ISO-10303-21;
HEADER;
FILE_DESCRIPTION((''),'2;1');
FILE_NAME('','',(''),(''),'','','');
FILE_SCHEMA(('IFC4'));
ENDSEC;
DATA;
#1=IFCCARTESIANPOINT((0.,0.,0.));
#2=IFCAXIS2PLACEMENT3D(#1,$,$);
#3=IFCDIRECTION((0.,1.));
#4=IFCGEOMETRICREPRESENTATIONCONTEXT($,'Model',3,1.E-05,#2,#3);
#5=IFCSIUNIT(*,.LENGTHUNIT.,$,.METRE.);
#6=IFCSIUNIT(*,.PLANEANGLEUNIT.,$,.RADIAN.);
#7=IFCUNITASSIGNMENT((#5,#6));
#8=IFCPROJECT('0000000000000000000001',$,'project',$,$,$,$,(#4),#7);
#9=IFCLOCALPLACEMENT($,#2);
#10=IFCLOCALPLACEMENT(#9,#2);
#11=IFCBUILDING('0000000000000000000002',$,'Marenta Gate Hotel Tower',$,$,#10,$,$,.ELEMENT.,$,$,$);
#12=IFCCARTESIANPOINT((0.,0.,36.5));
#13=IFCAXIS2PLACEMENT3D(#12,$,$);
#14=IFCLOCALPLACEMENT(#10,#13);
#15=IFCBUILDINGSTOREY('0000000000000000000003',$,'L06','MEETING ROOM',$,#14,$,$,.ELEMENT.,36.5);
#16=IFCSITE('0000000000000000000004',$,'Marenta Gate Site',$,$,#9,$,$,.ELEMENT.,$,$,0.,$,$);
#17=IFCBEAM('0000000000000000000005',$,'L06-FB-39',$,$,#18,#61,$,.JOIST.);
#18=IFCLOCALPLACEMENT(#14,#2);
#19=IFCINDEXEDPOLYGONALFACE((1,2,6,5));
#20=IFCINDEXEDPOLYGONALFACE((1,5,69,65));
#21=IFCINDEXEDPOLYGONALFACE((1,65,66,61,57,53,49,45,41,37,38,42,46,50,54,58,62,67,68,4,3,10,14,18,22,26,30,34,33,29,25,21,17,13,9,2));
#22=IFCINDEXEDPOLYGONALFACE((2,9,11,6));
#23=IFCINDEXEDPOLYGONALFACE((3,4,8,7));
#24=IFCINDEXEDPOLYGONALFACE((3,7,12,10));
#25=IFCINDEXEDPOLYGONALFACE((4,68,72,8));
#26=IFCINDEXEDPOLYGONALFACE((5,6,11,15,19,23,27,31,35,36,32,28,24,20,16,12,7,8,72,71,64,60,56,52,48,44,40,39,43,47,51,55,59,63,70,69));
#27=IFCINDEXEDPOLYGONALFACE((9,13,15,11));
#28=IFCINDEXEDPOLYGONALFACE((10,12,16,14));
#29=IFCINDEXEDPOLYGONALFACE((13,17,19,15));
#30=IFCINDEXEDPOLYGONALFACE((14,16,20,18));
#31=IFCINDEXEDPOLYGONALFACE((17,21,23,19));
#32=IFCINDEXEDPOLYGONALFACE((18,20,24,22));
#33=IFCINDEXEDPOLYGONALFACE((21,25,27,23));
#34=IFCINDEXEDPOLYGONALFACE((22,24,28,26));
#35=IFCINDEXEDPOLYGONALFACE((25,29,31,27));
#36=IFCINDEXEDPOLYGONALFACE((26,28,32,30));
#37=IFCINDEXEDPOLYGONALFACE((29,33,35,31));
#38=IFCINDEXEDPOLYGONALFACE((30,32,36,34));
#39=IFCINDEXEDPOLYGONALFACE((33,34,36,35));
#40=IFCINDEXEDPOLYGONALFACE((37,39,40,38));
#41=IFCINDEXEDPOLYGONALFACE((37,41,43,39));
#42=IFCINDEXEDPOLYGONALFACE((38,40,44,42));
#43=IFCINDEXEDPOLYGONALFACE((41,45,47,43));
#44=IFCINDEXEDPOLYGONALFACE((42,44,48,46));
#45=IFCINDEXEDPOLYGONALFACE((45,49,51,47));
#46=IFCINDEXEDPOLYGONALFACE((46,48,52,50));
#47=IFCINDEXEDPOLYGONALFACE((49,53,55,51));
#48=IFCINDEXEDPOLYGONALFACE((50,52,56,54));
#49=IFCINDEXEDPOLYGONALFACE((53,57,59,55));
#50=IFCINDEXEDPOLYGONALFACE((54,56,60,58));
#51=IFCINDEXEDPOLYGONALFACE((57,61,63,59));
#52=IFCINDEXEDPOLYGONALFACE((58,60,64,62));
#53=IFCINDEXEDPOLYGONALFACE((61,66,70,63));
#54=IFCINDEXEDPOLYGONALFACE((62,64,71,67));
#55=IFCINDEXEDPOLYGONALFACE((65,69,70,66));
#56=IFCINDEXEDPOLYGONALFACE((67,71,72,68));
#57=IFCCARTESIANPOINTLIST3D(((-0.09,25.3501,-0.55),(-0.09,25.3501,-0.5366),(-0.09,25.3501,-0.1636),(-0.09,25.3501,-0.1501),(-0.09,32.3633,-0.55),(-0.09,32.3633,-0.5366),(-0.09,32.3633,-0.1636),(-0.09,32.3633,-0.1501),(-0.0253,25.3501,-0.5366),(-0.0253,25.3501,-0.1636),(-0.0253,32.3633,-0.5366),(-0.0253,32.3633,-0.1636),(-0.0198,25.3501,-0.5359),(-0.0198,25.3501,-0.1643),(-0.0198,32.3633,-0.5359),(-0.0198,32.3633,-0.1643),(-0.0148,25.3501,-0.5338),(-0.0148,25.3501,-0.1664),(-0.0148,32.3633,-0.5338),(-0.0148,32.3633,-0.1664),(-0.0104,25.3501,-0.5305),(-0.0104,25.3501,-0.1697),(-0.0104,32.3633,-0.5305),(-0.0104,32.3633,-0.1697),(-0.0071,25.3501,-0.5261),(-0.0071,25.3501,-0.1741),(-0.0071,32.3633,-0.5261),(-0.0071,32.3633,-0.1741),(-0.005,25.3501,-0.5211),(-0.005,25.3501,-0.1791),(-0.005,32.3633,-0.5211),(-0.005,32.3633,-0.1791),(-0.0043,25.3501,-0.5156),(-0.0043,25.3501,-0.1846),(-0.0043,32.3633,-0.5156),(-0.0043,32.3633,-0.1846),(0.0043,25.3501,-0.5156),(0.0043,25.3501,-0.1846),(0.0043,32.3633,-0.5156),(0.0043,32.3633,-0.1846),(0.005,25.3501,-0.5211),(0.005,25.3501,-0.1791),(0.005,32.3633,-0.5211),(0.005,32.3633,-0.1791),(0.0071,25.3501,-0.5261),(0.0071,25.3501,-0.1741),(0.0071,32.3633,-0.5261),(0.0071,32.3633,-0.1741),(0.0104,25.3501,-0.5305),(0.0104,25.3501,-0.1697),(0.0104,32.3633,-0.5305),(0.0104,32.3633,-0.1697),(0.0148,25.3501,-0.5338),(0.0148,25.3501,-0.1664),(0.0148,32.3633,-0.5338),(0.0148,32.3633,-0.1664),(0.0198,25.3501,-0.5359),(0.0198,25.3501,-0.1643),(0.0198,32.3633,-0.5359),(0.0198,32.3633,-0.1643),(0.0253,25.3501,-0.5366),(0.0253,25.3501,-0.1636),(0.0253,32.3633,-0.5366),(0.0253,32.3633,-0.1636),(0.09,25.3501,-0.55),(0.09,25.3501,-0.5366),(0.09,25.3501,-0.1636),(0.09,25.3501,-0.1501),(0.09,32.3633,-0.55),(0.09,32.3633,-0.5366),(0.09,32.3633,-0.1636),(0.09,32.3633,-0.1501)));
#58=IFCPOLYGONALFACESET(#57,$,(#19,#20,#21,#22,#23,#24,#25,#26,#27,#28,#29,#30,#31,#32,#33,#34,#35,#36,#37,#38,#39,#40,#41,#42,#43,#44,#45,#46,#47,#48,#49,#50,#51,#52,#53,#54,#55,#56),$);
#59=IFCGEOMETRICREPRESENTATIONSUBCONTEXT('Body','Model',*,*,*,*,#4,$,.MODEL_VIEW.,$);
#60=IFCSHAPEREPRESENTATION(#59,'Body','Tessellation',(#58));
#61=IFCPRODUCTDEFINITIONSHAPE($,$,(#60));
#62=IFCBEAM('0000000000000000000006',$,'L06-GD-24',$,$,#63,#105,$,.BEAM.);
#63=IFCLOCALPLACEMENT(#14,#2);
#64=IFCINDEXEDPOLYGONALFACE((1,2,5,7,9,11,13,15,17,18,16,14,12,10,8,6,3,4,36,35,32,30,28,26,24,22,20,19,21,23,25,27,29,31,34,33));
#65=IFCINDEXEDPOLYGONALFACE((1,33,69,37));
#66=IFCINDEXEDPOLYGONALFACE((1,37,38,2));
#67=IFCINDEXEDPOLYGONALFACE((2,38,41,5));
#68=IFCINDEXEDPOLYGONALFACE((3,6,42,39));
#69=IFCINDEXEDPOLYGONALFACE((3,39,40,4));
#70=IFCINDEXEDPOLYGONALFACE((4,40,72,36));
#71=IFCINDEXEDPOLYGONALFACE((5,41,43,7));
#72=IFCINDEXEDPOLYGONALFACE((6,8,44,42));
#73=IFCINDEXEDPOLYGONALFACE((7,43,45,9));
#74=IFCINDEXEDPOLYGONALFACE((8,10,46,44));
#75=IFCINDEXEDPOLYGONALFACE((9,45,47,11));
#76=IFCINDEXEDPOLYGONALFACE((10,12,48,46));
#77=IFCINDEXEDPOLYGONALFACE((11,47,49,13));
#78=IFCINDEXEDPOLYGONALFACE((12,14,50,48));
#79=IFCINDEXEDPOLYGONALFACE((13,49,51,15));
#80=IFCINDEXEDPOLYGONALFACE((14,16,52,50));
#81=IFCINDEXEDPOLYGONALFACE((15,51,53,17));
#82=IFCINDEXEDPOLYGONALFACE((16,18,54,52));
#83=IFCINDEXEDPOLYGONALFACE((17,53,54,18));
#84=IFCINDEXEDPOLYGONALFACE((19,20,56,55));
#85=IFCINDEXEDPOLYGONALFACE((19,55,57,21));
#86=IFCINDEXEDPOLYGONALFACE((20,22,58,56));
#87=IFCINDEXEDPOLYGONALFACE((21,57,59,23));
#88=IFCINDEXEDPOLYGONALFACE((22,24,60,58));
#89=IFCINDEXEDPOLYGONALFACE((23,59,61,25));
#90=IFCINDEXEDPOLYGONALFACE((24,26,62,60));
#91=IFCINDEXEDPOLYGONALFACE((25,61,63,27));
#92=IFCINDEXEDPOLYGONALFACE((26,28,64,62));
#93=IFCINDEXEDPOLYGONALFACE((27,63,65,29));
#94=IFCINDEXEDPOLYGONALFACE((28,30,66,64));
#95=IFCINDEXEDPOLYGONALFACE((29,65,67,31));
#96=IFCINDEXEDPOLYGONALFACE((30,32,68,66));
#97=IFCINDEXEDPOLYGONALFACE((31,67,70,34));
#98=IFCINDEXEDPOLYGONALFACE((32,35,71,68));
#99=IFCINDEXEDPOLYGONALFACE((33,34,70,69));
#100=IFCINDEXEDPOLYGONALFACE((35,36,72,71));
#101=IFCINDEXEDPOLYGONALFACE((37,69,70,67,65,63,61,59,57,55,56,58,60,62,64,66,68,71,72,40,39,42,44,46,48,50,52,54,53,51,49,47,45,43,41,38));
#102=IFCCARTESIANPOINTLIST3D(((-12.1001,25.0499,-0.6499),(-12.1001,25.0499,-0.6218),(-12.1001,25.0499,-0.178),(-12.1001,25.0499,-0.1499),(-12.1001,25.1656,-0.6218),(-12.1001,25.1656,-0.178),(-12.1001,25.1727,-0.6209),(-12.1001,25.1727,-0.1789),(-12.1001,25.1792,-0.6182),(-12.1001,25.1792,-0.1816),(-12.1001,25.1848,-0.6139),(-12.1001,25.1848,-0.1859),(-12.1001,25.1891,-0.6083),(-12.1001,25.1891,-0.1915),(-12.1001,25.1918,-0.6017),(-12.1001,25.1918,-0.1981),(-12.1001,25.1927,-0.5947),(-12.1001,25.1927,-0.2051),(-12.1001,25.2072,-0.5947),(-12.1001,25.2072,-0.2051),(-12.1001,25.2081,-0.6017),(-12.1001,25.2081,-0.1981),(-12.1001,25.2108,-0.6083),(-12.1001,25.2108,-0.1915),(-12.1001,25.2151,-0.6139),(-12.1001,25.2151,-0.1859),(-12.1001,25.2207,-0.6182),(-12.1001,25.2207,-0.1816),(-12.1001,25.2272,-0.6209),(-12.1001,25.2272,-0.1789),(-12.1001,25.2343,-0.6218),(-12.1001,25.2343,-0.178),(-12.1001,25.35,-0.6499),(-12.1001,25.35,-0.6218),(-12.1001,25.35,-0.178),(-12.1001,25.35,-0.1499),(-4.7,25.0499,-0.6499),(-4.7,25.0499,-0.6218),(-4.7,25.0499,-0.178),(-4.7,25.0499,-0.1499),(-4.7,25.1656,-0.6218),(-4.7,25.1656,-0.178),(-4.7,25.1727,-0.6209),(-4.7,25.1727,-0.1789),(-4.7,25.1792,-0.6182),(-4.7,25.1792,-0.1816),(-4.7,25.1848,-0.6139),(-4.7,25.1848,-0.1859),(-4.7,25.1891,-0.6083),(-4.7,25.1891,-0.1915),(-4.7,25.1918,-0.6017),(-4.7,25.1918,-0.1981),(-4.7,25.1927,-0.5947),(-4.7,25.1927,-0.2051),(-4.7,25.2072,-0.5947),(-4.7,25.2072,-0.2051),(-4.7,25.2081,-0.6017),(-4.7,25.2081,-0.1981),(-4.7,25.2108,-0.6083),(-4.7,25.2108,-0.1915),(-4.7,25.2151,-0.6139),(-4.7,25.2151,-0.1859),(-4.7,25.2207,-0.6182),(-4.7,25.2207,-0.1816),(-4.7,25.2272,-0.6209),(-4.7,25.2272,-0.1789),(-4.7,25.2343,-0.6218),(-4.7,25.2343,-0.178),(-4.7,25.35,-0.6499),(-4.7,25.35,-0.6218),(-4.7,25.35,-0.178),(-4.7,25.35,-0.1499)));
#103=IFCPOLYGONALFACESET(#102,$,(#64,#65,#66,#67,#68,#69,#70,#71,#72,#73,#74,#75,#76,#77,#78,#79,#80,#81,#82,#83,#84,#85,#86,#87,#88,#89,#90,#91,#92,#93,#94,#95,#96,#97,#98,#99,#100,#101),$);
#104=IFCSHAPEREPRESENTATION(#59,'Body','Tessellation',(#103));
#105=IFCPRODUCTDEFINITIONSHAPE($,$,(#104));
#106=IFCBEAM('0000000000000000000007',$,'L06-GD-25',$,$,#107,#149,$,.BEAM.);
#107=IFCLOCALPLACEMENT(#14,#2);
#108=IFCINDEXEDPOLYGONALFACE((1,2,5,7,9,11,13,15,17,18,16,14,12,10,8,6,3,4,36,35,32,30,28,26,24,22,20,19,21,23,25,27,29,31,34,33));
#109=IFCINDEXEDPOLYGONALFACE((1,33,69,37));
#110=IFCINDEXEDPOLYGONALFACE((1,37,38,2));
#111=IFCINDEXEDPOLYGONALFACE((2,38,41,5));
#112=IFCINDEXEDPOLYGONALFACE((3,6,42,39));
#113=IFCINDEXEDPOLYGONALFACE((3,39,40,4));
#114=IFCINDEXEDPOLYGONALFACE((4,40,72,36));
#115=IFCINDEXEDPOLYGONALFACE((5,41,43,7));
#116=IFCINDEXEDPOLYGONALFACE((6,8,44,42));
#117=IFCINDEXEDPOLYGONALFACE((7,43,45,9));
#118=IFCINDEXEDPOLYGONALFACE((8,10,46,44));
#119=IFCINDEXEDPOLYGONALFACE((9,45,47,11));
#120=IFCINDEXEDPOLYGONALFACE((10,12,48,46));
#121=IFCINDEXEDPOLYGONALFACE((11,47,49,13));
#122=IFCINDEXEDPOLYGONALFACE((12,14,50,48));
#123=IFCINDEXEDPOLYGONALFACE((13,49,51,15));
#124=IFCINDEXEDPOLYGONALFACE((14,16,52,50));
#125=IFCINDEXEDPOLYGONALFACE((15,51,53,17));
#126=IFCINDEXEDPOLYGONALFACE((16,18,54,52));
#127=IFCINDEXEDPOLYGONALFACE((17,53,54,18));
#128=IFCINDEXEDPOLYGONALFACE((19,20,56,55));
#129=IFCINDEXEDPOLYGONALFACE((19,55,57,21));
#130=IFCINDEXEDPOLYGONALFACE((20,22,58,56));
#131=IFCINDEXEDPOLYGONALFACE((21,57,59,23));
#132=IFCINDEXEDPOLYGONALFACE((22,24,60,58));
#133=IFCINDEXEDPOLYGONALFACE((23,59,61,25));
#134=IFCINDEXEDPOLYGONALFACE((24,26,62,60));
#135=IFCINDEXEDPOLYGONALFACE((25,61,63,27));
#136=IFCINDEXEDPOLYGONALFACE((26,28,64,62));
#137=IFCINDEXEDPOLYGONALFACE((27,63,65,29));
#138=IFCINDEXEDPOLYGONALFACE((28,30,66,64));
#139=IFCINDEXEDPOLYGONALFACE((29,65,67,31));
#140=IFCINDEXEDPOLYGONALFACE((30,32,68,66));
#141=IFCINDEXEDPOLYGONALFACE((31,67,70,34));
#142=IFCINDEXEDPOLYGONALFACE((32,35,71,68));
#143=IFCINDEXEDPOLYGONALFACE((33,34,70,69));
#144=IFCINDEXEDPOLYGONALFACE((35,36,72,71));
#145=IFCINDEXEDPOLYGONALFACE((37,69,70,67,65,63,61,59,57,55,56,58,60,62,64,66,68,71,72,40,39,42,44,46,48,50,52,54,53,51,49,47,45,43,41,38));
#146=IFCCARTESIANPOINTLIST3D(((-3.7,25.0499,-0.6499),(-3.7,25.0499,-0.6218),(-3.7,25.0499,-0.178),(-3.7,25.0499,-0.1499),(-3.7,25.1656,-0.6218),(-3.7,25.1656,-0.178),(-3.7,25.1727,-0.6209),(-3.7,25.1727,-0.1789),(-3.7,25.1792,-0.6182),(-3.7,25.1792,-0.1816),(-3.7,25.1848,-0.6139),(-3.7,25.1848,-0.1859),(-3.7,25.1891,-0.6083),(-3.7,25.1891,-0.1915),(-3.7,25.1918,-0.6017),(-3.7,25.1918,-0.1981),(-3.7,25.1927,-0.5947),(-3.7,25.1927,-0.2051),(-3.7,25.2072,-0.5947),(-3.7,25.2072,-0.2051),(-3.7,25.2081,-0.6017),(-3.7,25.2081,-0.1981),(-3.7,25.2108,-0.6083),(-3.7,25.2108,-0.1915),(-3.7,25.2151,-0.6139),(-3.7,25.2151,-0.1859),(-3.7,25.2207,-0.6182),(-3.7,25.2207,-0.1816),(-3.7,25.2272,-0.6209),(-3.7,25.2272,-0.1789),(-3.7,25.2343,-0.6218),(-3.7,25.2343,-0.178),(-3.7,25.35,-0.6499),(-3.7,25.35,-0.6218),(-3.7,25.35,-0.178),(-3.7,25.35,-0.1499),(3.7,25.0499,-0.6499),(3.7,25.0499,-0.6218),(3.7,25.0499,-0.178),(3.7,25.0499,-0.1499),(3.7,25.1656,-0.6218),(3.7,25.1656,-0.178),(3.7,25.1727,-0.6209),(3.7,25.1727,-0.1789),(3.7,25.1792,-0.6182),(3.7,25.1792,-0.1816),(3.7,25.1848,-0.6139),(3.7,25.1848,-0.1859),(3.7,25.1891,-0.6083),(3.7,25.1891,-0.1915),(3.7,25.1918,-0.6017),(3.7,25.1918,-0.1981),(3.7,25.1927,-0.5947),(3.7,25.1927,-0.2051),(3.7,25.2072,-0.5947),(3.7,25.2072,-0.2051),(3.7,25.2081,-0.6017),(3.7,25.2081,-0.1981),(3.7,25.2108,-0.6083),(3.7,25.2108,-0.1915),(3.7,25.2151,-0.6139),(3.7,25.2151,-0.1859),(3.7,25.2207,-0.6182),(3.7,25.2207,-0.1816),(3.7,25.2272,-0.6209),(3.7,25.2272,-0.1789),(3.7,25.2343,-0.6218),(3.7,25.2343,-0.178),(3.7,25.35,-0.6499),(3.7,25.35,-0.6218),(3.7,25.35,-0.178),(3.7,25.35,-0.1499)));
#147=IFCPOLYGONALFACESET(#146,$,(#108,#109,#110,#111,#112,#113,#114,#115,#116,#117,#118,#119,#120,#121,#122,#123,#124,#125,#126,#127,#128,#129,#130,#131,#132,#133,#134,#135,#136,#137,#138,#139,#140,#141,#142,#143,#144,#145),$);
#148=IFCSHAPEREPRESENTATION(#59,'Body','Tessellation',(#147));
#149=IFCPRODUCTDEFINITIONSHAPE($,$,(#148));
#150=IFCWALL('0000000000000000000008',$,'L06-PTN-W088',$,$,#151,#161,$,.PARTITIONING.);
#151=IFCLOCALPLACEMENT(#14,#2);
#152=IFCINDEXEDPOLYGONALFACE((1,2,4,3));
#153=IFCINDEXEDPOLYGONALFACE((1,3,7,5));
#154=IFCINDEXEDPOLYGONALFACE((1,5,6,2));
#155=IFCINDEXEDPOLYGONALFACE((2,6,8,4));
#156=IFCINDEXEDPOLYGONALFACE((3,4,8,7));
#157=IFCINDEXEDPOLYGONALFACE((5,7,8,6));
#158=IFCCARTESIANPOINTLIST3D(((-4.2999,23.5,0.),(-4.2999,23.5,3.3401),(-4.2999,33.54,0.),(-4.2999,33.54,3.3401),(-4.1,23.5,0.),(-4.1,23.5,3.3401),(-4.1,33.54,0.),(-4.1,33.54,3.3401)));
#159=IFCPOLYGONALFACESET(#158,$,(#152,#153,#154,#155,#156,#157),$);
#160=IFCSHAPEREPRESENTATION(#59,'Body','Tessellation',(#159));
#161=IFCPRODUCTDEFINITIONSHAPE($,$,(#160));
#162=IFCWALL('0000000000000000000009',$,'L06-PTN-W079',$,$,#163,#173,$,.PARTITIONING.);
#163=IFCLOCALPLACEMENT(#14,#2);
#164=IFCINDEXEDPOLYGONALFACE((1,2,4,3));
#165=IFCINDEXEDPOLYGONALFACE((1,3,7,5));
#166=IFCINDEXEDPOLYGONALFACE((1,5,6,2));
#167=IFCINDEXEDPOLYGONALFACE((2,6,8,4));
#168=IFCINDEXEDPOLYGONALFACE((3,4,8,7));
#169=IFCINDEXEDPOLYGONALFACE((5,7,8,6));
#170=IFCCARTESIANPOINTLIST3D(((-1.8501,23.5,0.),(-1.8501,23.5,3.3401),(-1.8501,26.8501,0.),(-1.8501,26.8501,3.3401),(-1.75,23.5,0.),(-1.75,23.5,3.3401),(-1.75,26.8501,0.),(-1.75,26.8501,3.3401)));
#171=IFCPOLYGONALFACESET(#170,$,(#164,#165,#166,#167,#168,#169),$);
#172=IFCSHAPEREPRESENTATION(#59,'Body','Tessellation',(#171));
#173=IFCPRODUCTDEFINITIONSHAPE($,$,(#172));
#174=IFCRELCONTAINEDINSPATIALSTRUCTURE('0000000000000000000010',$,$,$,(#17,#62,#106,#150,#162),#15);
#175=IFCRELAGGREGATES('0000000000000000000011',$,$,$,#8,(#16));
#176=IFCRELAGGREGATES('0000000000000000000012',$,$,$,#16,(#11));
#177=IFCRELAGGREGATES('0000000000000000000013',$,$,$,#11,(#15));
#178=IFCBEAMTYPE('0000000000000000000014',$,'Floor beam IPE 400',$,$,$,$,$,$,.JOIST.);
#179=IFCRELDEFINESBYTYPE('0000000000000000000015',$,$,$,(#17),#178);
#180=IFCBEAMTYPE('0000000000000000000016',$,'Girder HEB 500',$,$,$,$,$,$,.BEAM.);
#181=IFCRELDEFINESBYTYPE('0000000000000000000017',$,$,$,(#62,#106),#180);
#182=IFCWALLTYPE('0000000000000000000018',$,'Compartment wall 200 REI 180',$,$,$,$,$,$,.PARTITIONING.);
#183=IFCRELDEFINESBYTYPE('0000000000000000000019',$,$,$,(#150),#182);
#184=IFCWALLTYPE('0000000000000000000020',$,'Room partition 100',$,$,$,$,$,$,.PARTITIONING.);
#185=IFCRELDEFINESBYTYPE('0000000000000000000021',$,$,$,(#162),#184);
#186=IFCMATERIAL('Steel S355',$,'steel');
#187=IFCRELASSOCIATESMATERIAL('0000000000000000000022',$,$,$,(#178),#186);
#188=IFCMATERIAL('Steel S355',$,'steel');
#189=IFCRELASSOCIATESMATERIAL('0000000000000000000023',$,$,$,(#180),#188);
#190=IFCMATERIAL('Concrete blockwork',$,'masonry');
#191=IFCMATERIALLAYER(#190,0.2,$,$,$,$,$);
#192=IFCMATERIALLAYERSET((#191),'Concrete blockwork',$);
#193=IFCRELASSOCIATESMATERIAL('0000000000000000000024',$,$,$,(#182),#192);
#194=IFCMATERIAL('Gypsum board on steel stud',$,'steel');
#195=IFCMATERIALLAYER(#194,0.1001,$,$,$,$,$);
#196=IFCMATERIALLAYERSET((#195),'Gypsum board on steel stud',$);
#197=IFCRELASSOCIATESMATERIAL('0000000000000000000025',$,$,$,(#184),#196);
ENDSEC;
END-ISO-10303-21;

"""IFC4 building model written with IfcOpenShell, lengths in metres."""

from ifc_helpers import new_model, si_unit, direction, frame, frame_2d, origin, origin_2d, place, context, subcontext, project, spatial, rectangle, i_section, extrude, material, layer, layer_set, material_profile, profile_set, type_object, element, save


model = new_model("IFC4")

# Units and contexts
model_context = context("Model", 3, precision=1e-05, world=origin(), true_north=direction((0.0, 1.0)))
body_context = subcontext(model_context, "Body", "Model", "MODEL_VIEW")
ifc_project = project(units=[si_unit("LENGTHUNIT", "METRE"), si_unit("PLANEANGLEUNIT", "RADIAN")], contexts=[model_context])

# Site, building, storey
site_placement = place(None, origin())
site = spatial("IfcSite", under=ifc_project, at=site_placement, Name="Marenta Gate Site", CompositionType="ELEMENT", RefElevation=0.0)
building_placement = place(site_placement, origin())
building = spatial("IfcBuilding", under=site, at=building_placement, Name="Marenta Gate Hotel Tower", CompositionType="ELEMENT")
storey_placement = place(building_placement, frame((0.0, 0.0, 36.5)))
storey = spatial("IfcBuildingStorey", under=building, at=storey_placement, Name="L06", Description="MEETING ROOM", CompositionType="ELEMENT", Elevation=36.5)

# Beams
ifc_material_1 = material(Name="Steel S355", Category="steel")
ifc_material_profile_1 = material_profile(ifc_material_1, i_section(OverallWidth=0.1799, OverallDepth=0.3999, WebThickness=0.0085, FlangeThickness=0.0134, FilletRadius=0.021, at=origin_2d()), Name="IPE 400")
ifc_profile_set_1 = profile_set([ifc_material_profile_1], Name="Steel S355")
beam_type_1 = type_object("IfcBeamType", Name="Floor beam IPE 400", PredefinedType="JOIST", material=ifc_profile_set_1)
beam_1_placement = place(storey_placement, frame((0.0, 25.3501, -0.3501), z_axis=(0.0, 1.0, 0.0), x_axis=(-1.0, 0.0, 0.0)))
element("IfcBeam", 1, at=beam_1_placement, inside=storey, type_object=beam_type_1, Name="L06-FB-39", PredefinedType="JOIST", context=body_context, shape_type="SweptSolid", body=[
    extrude(i_section(OverallWidth=0.1799, OverallDepth=0.3999, WebThickness=0.0085, FlangeThickness=0.0134, FilletRadius=0.021, at=origin_2d()), origin(), (0.0, 0.0, 1.0), 7.0132),
])
ifc_material_2 = material(Name="Steel S355", Category="steel")
ifc_material_profile_2 = material_profile(ifc_material_2, i_section(OverallWidth=0.3, OverallDepth=0.5, WebThickness=0.0144, FlangeThickness=0.0281, FilletRadius=0.0271, at=origin_2d()), Name="HEB 500")
ifc_profile_set_2 = profile_set([ifc_material_profile_2], Name="Steel S355")
beam_type_2 = type_object("IfcBeamType", Name="Girder HEB 500", PredefinedType="BEAM", material=ifc_profile_set_2)
beam_2_placement = place(storey_placement, frame((-12.1001, 25.2, -0.3999), z_axis=(1.0, 0.0, 0.0), x_axis=(0.0, 1.0, 0.0)))
element("IfcBeam", 2, at=beam_2_placement, inside=storey, type_object=beam_type_2, Name="L06-GD-24", PredefinedType="BEAM", context=body_context, shape_type="SweptSolid", body=[
    extrude(i_section(OverallWidth=0.3, OverallDepth=0.5, WebThickness=0.0144, FlangeThickness=0.0281, FilletRadius=0.0271, at=origin_2d()), origin(), (0.0, 0.0, 1.0), 7.4001),
])
beam_3_placement = place(storey_placement, frame((-3.7, 25.2, -0.3999), z_axis=(1.0, 0.0, 0.0), x_axis=(0.0, 1.0, 0.0)))
element("IfcBeam", 3, at=beam_3_placement, inside=storey, type_object=beam_type_2, Name="L06-GD-25", PredefinedType="BEAM", context=body_context, shape_type="SweptSolid", body=[
    extrude(i_section(OverallWidth=0.3, OverallDepth=0.5, WebThickness=0.0144, FlangeThickness=0.0281, FilletRadius=0.0271, at=origin_2d()), origin(), (0.0, 0.0, 1.0), 7.3999),
])

# Walls
ifc_material_3 = material(Name="Concrete blockwork", Category="masonry")
ifc_layer_1 = layer(ifc_material_3, 0.2)
ifc_layer_set_1 = layer_set([ifc_layer_1], Name="Concrete blockwork")
wall_type_1 = type_object("IfcWallType", Name="Compartment wall 200 REI 180", PredefinedType="PARTITIONING", material=ifc_layer_set_1)
wall_1_placement = place(storey_placement, frame((-4.2, 23.5, 0.0), z_axis=(0.0, 0.0, 1.0), x_axis=(0.0, 1.0, 0.0)))
element("IfcWall", 4, at=wall_1_placement, inside=storey, type_object=wall_type_1, Name="L06-PTN-W088", PredefinedType="PARTITIONING", context=body_context, shape_type="SweptSolid", body=[
    extrude(rectangle(XDim=10.04, YDim=0.2, at=frame_2d((5.02, 0.0))), origin(), (0.0, 0.0, 1.0), 3.3401),
])
ifc_material_4 = material(Name="Gypsum board on steel stud", Category="steel")
ifc_layer_2 = layer(ifc_material_4, 0.1001)
ifc_layer_set_2 = layer_set([ifc_layer_2], Name="Gypsum board on steel stud")
wall_type_2 = type_object("IfcWallType", Name="Room partition 100", PredefinedType="PARTITIONING", material=ifc_layer_set_2)
wall_2_placement = place(storey_placement, frame((-1.8, 23.5, 0.0), z_axis=(0.0, 0.0, 1.0), x_axis=(0.0, 1.0, 0.0)))
element("IfcWall", 5, at=wall_2_placement, inside=storey, type_object=wall_type_2, Name="L06-PTN-W079", PredefinedType="PARTITIONING", context=body_context, shape_type="SweptSolid", body=[
    extrude(rectangle(XDim=3.3501, YDim=0.1001, at=frame_2d((1.675, 0.0))), origin(), (0.0, 0.0, 1.0), 3.3401),
])

save(model, "model.ifc")
